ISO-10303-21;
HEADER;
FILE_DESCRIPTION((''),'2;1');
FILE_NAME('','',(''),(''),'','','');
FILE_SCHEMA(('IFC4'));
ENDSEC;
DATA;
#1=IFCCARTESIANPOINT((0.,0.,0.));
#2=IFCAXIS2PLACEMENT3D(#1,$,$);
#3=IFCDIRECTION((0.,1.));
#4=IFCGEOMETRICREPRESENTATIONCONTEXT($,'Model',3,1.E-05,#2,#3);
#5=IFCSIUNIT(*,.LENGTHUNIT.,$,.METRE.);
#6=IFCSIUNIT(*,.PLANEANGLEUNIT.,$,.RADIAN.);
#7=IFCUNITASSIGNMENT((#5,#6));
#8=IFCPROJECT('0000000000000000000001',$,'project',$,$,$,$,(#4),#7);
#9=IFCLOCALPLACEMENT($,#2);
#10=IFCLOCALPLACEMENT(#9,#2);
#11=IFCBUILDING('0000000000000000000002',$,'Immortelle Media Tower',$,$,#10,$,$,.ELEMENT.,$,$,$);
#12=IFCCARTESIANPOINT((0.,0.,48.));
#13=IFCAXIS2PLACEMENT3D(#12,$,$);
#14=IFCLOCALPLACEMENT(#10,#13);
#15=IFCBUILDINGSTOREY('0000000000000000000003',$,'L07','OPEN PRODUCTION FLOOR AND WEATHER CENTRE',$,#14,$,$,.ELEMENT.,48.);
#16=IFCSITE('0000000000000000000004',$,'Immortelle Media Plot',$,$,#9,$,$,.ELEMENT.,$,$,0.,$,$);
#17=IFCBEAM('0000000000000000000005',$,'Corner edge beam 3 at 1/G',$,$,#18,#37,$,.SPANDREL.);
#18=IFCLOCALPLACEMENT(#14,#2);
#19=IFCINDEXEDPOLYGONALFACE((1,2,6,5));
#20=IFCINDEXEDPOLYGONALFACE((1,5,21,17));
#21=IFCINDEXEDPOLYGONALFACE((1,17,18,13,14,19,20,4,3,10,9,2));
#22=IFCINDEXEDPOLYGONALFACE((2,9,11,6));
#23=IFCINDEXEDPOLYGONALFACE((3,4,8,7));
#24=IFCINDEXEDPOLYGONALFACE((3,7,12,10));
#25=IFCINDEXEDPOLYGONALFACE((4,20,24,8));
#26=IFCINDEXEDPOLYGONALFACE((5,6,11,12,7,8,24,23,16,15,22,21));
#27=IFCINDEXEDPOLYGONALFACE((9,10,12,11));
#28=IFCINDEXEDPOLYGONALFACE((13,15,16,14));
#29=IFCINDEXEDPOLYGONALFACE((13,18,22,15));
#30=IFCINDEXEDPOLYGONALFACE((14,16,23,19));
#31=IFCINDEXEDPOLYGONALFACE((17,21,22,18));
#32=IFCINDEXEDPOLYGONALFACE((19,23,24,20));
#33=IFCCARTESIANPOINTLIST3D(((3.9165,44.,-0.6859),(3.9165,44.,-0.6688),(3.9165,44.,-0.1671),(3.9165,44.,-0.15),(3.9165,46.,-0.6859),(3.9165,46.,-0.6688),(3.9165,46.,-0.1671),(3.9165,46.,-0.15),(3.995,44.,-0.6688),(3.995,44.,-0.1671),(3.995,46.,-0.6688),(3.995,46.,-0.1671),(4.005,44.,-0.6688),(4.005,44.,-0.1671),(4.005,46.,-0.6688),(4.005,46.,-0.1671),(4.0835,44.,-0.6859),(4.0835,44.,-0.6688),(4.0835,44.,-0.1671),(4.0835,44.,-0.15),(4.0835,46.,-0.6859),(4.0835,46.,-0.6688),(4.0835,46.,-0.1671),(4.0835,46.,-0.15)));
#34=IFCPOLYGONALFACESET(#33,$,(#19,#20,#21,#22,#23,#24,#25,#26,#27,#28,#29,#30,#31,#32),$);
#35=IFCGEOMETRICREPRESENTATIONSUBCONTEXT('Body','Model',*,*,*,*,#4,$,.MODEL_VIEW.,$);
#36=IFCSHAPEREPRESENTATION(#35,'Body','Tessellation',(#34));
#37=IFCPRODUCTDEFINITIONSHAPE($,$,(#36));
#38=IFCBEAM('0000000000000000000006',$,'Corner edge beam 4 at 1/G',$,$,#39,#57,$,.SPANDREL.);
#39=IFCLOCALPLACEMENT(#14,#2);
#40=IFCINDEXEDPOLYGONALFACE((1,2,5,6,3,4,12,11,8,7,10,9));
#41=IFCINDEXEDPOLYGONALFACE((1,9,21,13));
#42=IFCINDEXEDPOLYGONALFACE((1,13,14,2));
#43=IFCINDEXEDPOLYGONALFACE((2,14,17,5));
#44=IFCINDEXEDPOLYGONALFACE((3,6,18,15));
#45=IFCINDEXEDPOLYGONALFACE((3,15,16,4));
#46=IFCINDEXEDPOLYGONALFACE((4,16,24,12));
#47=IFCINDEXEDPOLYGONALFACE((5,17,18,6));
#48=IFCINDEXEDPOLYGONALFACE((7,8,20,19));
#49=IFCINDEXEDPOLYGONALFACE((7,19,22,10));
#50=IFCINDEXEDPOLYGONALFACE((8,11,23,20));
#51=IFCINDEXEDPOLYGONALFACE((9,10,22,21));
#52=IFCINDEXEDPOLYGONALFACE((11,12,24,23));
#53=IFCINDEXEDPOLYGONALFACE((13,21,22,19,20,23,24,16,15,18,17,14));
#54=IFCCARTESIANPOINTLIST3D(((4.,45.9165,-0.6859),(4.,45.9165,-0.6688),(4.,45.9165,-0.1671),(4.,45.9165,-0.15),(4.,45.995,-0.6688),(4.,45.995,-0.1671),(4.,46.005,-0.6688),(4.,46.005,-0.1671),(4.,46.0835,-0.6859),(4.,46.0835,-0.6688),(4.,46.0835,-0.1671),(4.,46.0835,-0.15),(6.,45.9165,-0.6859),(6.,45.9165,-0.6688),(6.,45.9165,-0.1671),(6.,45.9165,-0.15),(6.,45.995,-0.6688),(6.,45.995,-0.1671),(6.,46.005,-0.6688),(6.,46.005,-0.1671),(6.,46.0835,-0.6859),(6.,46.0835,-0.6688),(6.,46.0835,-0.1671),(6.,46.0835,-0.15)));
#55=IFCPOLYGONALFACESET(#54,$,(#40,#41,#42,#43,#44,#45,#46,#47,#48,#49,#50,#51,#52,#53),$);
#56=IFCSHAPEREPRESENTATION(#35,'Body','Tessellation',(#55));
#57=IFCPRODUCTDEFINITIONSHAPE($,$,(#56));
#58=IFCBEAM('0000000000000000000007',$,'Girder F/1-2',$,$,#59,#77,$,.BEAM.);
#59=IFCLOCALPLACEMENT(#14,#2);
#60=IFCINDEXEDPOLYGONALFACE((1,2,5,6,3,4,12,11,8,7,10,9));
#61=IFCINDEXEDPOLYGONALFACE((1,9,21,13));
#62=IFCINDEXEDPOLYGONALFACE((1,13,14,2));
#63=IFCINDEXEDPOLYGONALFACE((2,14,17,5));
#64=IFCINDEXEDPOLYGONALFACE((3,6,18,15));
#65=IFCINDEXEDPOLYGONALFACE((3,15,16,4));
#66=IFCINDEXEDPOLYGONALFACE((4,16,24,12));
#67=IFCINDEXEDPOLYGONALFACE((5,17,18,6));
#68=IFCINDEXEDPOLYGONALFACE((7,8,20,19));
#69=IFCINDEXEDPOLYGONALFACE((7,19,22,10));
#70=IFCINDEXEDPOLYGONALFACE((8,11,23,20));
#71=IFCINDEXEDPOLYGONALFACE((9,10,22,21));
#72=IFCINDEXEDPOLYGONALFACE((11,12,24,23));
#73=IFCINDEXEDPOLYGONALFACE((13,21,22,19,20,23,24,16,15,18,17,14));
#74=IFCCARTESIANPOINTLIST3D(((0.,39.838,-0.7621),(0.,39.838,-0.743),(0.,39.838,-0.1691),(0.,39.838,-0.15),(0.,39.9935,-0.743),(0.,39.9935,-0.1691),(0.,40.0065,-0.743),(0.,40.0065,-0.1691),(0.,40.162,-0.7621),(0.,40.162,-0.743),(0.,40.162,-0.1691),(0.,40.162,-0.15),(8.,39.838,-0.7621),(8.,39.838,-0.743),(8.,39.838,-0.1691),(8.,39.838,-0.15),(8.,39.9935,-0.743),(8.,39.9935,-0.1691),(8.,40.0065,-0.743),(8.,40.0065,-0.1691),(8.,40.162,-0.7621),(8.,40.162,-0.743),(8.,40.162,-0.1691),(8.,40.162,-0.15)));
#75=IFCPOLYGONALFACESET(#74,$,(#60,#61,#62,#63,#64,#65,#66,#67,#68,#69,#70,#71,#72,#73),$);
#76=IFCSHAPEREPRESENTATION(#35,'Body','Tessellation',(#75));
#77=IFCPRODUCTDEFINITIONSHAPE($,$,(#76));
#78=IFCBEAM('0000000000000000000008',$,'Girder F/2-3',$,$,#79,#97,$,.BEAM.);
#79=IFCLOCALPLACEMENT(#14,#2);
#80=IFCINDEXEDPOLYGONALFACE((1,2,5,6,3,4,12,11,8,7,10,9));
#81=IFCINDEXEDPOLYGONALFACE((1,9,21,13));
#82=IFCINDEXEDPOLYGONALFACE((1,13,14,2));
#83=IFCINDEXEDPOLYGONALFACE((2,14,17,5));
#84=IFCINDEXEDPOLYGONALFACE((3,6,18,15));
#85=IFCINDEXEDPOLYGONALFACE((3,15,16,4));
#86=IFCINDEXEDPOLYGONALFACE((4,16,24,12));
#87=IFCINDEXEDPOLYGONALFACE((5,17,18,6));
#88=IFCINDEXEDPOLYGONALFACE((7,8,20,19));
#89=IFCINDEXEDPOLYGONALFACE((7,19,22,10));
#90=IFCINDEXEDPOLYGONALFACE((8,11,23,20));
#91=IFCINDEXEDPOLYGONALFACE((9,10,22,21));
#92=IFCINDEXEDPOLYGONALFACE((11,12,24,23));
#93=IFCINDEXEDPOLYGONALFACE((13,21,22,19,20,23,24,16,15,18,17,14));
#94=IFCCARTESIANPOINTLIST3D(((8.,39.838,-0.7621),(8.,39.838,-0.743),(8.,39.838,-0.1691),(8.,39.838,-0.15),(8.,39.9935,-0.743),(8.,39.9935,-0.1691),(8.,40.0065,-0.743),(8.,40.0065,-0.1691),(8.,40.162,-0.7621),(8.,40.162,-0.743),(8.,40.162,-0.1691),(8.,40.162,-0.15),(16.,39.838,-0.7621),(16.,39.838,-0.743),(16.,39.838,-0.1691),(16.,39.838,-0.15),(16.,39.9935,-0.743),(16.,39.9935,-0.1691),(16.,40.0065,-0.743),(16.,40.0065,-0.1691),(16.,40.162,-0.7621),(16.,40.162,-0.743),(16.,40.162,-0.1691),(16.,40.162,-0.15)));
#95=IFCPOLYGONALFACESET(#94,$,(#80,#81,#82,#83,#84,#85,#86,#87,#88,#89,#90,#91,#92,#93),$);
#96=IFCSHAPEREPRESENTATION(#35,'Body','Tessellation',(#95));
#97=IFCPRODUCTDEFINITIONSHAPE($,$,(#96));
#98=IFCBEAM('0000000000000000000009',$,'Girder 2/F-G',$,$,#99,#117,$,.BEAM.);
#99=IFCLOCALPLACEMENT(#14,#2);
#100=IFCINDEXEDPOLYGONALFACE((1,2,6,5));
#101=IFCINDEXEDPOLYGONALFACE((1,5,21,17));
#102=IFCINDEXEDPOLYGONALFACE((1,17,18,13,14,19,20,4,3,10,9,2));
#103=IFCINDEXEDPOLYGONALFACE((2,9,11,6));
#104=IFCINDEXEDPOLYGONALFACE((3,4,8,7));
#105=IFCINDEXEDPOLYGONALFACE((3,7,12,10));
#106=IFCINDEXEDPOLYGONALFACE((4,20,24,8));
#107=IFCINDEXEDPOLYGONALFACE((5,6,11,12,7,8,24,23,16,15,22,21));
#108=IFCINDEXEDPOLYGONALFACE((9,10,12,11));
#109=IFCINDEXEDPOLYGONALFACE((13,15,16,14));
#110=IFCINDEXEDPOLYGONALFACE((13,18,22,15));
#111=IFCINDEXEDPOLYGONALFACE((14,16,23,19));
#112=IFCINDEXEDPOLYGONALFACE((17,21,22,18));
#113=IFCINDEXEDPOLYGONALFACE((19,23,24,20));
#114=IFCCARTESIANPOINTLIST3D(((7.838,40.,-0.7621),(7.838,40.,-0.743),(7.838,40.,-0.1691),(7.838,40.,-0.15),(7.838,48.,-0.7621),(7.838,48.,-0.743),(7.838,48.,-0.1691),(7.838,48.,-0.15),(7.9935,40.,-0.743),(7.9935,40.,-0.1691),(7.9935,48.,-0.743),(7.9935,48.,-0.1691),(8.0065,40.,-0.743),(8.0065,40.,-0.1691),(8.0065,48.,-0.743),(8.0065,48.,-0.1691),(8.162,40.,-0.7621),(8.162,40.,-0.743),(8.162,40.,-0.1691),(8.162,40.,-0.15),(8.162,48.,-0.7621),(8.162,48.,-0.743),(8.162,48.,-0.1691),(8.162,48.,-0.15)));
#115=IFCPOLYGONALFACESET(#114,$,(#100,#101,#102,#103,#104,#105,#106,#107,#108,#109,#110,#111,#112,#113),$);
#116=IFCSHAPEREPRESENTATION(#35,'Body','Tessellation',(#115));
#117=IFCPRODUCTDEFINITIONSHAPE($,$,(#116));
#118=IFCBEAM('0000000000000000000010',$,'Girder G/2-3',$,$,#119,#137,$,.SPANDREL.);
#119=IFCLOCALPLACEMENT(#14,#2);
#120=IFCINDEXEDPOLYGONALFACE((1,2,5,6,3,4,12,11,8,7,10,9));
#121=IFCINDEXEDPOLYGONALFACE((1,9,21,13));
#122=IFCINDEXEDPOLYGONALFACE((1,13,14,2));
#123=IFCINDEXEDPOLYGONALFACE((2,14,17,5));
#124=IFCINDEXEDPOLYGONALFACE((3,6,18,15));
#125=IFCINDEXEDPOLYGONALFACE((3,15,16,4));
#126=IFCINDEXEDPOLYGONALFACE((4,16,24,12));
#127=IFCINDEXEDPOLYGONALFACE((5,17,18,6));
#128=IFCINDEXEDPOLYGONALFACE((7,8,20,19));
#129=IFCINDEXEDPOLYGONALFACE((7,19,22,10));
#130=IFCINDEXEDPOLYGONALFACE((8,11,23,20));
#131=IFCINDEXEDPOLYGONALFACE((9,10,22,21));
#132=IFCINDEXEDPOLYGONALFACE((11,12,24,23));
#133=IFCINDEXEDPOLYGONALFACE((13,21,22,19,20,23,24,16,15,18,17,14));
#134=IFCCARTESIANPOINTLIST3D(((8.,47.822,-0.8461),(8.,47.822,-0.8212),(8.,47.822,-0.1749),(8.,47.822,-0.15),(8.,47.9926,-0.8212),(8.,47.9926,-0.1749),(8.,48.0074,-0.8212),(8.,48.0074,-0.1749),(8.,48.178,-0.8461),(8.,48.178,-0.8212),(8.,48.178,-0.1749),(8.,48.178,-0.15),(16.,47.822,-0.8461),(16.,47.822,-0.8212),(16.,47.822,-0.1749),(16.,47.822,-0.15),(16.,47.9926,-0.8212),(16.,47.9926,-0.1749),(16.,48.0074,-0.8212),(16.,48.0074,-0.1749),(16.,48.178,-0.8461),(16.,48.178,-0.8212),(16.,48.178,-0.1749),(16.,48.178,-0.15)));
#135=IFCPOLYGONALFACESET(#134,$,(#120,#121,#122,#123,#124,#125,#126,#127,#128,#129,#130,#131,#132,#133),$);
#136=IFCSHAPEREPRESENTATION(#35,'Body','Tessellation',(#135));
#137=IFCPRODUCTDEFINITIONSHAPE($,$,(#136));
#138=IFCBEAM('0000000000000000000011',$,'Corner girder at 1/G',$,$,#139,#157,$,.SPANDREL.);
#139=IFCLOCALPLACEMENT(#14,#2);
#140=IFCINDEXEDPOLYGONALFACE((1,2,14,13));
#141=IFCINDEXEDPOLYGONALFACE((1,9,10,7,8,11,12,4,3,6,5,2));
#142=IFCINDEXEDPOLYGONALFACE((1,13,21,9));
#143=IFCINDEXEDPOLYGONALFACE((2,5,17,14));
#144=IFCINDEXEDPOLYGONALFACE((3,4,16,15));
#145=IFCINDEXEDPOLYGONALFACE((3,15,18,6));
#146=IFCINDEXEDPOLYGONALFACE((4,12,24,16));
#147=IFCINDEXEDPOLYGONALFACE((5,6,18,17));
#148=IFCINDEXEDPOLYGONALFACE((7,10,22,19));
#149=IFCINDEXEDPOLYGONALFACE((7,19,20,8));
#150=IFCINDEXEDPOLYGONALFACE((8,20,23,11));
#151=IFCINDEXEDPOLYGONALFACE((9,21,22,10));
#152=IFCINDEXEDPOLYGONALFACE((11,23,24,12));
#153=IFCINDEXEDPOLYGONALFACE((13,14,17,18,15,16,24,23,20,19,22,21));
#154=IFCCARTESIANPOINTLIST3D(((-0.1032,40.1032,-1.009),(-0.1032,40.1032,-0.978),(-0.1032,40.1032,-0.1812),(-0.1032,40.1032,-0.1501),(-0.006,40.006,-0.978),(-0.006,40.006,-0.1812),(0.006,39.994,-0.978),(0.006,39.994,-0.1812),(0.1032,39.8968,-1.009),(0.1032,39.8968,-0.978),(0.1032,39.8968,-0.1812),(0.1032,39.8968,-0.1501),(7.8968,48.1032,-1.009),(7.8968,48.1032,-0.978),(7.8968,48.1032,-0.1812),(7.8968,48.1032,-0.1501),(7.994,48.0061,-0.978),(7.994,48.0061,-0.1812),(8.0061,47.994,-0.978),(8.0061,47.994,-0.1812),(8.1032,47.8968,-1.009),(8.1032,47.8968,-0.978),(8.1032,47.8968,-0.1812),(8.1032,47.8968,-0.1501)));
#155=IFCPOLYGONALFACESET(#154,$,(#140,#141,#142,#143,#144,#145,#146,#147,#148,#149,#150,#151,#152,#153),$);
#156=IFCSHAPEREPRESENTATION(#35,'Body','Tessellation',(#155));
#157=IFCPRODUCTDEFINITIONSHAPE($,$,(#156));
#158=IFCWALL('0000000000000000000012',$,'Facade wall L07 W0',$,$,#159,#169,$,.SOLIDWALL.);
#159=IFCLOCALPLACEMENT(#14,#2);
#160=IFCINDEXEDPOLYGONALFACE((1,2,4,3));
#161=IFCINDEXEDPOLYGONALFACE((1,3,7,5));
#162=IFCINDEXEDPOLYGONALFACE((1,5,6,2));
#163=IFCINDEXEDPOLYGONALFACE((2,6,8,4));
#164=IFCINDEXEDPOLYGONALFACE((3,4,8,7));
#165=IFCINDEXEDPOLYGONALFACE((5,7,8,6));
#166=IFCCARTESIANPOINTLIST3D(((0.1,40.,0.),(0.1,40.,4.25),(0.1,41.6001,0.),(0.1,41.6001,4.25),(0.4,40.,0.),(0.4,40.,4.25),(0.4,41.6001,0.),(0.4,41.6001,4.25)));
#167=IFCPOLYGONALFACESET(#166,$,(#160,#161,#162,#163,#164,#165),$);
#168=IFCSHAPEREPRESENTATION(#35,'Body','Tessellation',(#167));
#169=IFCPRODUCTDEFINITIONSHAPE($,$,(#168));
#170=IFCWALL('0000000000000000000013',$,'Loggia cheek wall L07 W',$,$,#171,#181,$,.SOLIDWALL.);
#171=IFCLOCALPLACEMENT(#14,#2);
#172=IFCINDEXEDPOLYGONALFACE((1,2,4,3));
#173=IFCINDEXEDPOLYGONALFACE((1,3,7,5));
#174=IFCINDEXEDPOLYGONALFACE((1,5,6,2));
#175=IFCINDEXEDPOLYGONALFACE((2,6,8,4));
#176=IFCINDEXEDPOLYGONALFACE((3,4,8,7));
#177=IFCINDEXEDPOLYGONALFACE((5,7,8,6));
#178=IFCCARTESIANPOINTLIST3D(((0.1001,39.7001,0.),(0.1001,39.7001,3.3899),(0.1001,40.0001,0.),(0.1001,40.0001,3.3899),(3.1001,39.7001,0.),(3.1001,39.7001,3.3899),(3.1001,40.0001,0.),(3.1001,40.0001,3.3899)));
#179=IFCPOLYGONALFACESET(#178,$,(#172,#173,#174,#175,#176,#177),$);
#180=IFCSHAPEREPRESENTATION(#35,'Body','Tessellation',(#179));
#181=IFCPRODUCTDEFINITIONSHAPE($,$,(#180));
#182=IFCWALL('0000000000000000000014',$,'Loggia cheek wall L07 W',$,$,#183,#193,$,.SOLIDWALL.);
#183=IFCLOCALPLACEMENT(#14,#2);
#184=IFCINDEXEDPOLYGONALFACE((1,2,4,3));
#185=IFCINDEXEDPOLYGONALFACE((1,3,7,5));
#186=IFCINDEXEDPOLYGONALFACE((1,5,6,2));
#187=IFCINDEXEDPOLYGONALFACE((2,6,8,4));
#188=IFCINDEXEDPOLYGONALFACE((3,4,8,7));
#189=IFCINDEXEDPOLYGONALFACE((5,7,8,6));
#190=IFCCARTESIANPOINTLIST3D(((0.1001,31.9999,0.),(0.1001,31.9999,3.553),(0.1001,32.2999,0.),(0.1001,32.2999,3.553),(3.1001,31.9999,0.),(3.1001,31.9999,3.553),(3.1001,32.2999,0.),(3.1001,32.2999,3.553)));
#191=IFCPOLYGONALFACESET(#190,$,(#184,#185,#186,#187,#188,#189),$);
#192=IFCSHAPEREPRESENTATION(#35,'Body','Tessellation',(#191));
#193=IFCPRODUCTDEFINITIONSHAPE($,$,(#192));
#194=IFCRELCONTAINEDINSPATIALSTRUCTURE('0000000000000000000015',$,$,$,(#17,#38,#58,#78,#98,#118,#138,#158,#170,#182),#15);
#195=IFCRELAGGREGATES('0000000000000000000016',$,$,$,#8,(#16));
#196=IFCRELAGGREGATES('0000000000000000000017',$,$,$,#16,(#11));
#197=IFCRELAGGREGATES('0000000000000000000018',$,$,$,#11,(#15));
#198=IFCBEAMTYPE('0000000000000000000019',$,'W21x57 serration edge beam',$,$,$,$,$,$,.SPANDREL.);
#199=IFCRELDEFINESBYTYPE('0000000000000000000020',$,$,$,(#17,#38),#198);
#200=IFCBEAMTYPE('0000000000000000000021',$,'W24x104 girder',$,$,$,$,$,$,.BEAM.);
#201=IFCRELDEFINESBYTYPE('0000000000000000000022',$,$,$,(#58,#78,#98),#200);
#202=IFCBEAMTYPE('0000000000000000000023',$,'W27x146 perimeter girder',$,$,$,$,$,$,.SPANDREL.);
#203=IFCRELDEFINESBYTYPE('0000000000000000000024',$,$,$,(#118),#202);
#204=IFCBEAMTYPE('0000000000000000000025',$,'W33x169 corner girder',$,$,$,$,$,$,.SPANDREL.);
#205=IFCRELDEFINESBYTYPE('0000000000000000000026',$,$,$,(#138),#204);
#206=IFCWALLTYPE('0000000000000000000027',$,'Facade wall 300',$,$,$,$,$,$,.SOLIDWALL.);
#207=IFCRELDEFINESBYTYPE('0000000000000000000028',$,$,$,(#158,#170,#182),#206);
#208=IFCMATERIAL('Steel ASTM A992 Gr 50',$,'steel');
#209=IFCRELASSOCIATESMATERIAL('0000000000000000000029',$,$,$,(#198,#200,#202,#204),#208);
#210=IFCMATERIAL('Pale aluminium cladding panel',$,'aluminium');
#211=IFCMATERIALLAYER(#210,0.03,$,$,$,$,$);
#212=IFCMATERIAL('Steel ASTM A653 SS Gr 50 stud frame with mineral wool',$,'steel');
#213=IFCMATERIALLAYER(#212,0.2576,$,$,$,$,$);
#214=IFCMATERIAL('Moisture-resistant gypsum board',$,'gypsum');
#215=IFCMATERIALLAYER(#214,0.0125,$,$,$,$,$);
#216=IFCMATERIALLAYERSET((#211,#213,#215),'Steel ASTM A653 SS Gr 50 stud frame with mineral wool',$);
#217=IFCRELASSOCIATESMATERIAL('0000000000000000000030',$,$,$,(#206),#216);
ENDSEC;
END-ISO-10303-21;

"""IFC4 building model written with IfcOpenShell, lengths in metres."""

from ifc_helpers import new_model, si_unit, direction, frame, frame_2d, origin, origin_2d, place, context, subcontext, project, spatial, rectangle, i_section, extrude, material, layer, layer_set, material_profile, profile_set, type_object, element, save


model = new_model("IFC4")

# Units and contexts
model_context = context("Model", 3, precision=1e-05, world=origin(), true_north=direction((0.0, 1.0)))
body_context = subcontext(model_context, "Body", "Model", "MODEL_VIEW")
ifc_project = project(units=[si_unit("LENGTHUNIT", "METRE"), si_unit("PLANEANGLEUNIT", "RADIAN")], contexts=[model_context])

# Site, building, storey
site_placement = place(None, origin())
site = spatial("IfcSite", under=ifc_project, at=site_placement, Name="Immortelle Media Plot", CompositionType="ELEMENT", RefElevation=0.0)
building_placement = place(site_placement, origin())
building = spatial("IfcBuilding", under=site, at=building_placement, Name="Immortelle Media Tower", CompositionType="ELEMENT")
storey_placement = place(building_placement, frame((0.0, 0.0, 48.0)))
storey = spatial("IfcBuildingStorey", under=building, at=storey_placement, Name="L07", Description="OPEN PRODUCTION FLOOR AND WEATHER CENTRE", CompositionType="ELEMENT", Elevation=48.0)

# Shared definitions
ifc_material_1 = material(Name="Steel ASTM A992 Gr 50", Category="steel")

# Beams
ifc_material_profile_1 = material_profile(ifc_material_1, i_section(OverallWidth=0.167, OverallDepth=0.5359, WebThickness=0.01, FlangeThickness=0.0171, at=origin_2d()), Name="W21x57")
ifc_profile_set_1 = profile_set([ifc_material_profile_1], Name="Steel ASTM A992 Gr 50")
beam_type_1 = type_object("IfcBeamType", Name="W21x57 serration edge beam", PredefinedType="SPANDREL", material=ifc_profile_set_1)
for number, where, z_axis, x_axis, name in (
    (1, (4.0, 44.0, -0.418), (0.0, 1.0, 0.0), (-1.0, 0.0, 0.0), "Corner edge beam 3 at 1/G"),
    (2, (4.0, 46.0, -0.418), (1.0, 0.0, 0.0), (0.0, 1.0, 0.0), "Corner edge beam 4 at 1/G"),
):
    element("IfcBeam", number, at=place(storey_placement, frame(where, z_axis=z_axis, x_axis=x_axis)), inside=storey, type_object=beam_type_1, Name=name, PredefinedType="SPANDREL", context=body_context, shape_type="SweptSolid", body=[
        extrude(i_section(OverallWidth=0.167, OverallDepth=0.5359, WebThickness=0.01, FlangeThickness=0.0171, at=origin_2d()), origin(), (0.0, 0.0, 1.0), 2.0),
    ])
ifc_material_profile_2 = material_profile(ifc_material_1, i_section(OverallWidth=0.324, OverallDepth=0.6121, WebThickness=0.0129, FlangeThickness=0.019, at=origin_2d()), Name="W24x104")
ifc_profile_set_2 = profile_set([ifc_material_profile_2], Name="Steel ASTM A992 Gr 50")
beam_type_2 = type_object("IfcBeamType", Name="W24x104 girder", PredefinedType="BEAM", material=ifc_profile_set_2)
for number, where, z_axis, x_axis, name in (
    (3, (0.0, 40.0, -0.4561), (1.0, 0.0, 0.0), (0.0, 1.0, 0.0), "Girder F/1-2"),
    (4, (8.0, 40.0, -0.4561), (1.0, 0.0, 0.0), (0.0, 1.0, 0.0), "Girder F/2-3"),
    (5, (8.0, 40.0, -0.4561), (0.0, 1.0, 0.0), (-1.0, 0.0, 0.0), "Girder 2/F-G"),
):
    element("IfcBeam", number, at=place(storey_placement, frame(where, z_axis=z_axis, x_axis=x_axis)), inside=storey, type_object=beam_type_2, Name=name, PredefinedType="BEAM", context=body_context, shape_type="SweptSolid", body=[
        extrude(i_section(OverallWidth=0.324, OverallDepth=0.6121, WebThickness=0.0129, FlangeThickness=0.019, at=origin_2d()), origin(), (0.0, 0.0, 1.0), 8.0),
    ])
ifc_material_profile_3 = material_profile(ifc_material_1, i_section(OverallWidth=0.356, OverallDepth=0.696, WebThickness=0.0149, FlangeThickness=0.0249, at=origin_2d()), Name="W27x146")
ifc_profile_set_3 = profile_set([ifc_material_profile_3], Name="Steel ASTM A992 Gr 50")
beam_type_3 = type_object("IfcBeamType", Name="W27x146 perimeter girder", PredefinedType="SPANDREL", material=ifc_profile_set_3)
beam_1_placement = place(storey_placement, frame((8.0, 48.0, -0.498), z_axis=(1.0, 0.0, 0.0), x_axis=(0.0, 1.0, 0.0)))
element("IfcBeam", 6, at=beam_1_placement, inside=storey, type_object=beam_type_3, Name="Girder G/2-3", PredefinedType="SPANDREL", context=body_context, shape_type="SweptSolid", body=[
    extrude(i_section(OverallWidth=0.356, OverallDepth=0.696, WebThickness=0.0149, FlangeThickness=0.0249, at=origin_2d()), origin(), (0.0, 0.0, 1.0), 8.0),
])
ifc_material_profile_4 = material_profile(ifc_material_1, i_section(OverallWidth=0.292, OverallDepth=0.8589, WebThickness=0.0171, FlangeThickness=0.031, at=origin_2d()), Name="W33x169")
ifc_profile_set_4 = profile_set([ifc_material_profile_4], Name="Steel ASTM A992 Gr 50")
beam_type_4 = type_object("IfcBeamType", Name="W33x169 corner girder", PredefinedType="SPANDREL", material=ifc_profile_set_4)
beam_2_placement = place(storey_placement, frame((0.0, 40.0, -0.5796), z_axis=(0.707107, 0.707107, 0.0), x_axis=(-0.707107, 0.707107, 0.0)))
element("IfcBeam", 7, at=beam_2_placement, inside=storey, type_object=beam_type_4, Name="Corner girder at 1/G", PredefinedType="SPANDREL", context=body_context, shape_type="SweptSolid", body=[
    extrude(i_section(OverallWidth=0.292, OverallDepth=0.8589, WebThickness=0.0171, FlangeThickness=0.031, at=origin_2d()), origin(), (0.0, 0.0, 1.0), 11.3137),
])

# Wall
ifc_material_2 = material(Name="Pale aluminium cladding panel", Category="aluminium")
ifc_layer_1 = layer(ifc_material_2, 0.03)
ifc_material_3 = material(Name="Steel ASTM A653 SS Gr 50 stud frame with mineral wool", Category="steel")
ifc_layer_2 = layer(ifc_material_3, 0.2576)
ifc_material_4 = material(Name="Moisture-resistant gypsum board", Category="gypsum")
ifc_layer_3 = layer(ifc_material_4, 0.0125)
ifc_layer_set_1 = layer_set([ifc_layer_1, ifc_layer_2, ifc_layer_3], Name="Steel ASTM A653 SS Gr 50 stud frame with mineral wool")
wall_type = type_object("IfcWallType", Name="Facade wall 300", PredefinedType="SOLIDWALL", material=ifc_layer_set_1)
wall_1_placement = place(storey_placement, frame((0.25, 41.6001, 0.0), z_axis=(0.0, 0.0, 1.0), x_axis=(0.0, -1.0, 0.0)))
element("IfcWall", 8, at=wall_1_placement, inside=storey, type_object=wall_type, Name="Facade wall L07 W0", PredefinedType="SOLIDWALL", context=body_context, shape_type="SweptSolid", body=[
    extrude(rectangle(XDim=1.6001, YDim=0.3, at=frame_2d((0.8, 0.0))), origin(), (0.0, 0.0, 1.0), 4.25),
])

# Walls
wall_2_placement = place(storey_placement, frame((0.1001, 39.8501, 0.0), z_axis=(0.0, 0.0, 1.0), x_axis=(1.0, 0.0, 0.0)))
element("IfcWall", 9, at=wall_2_placement, inside=storey, type_object=wall_type, Name="Loggia cheek wall L07 W", PredefinedType="SOLIDWALL", context=body_context, shape_type="SweptSolid", body=[
    extrude(rectangle(XDim=3.0, YDim=0.3, at=frame_2d((1.5, 0.0))), origin(), (0.0, 0.0, 1.0), 3.3899),
])
wall_3_placement = place(storey_placement, frame((0.1001, 32.1499, 0.0), z_axis=(0.0, 0.0, 1.0), x_axis=(1.0, 0.0, 0.0)))
element("IfcWall", 10, at=wall_3_placement, inside=storey, type_object=wall_type, Name="Loggia cheek wall L07 W", PredefinedType="SOLIDWALL", context=body_context, shape_type="SweptSolid", body=[
    extrude(rectangle(XDim=3.0, YDim=0.3, at=frame_2d((1.5, 0.0))), origin(), (0.0, 0.0, 1.0), 3.553),
])

save(model, "model.ifc")
